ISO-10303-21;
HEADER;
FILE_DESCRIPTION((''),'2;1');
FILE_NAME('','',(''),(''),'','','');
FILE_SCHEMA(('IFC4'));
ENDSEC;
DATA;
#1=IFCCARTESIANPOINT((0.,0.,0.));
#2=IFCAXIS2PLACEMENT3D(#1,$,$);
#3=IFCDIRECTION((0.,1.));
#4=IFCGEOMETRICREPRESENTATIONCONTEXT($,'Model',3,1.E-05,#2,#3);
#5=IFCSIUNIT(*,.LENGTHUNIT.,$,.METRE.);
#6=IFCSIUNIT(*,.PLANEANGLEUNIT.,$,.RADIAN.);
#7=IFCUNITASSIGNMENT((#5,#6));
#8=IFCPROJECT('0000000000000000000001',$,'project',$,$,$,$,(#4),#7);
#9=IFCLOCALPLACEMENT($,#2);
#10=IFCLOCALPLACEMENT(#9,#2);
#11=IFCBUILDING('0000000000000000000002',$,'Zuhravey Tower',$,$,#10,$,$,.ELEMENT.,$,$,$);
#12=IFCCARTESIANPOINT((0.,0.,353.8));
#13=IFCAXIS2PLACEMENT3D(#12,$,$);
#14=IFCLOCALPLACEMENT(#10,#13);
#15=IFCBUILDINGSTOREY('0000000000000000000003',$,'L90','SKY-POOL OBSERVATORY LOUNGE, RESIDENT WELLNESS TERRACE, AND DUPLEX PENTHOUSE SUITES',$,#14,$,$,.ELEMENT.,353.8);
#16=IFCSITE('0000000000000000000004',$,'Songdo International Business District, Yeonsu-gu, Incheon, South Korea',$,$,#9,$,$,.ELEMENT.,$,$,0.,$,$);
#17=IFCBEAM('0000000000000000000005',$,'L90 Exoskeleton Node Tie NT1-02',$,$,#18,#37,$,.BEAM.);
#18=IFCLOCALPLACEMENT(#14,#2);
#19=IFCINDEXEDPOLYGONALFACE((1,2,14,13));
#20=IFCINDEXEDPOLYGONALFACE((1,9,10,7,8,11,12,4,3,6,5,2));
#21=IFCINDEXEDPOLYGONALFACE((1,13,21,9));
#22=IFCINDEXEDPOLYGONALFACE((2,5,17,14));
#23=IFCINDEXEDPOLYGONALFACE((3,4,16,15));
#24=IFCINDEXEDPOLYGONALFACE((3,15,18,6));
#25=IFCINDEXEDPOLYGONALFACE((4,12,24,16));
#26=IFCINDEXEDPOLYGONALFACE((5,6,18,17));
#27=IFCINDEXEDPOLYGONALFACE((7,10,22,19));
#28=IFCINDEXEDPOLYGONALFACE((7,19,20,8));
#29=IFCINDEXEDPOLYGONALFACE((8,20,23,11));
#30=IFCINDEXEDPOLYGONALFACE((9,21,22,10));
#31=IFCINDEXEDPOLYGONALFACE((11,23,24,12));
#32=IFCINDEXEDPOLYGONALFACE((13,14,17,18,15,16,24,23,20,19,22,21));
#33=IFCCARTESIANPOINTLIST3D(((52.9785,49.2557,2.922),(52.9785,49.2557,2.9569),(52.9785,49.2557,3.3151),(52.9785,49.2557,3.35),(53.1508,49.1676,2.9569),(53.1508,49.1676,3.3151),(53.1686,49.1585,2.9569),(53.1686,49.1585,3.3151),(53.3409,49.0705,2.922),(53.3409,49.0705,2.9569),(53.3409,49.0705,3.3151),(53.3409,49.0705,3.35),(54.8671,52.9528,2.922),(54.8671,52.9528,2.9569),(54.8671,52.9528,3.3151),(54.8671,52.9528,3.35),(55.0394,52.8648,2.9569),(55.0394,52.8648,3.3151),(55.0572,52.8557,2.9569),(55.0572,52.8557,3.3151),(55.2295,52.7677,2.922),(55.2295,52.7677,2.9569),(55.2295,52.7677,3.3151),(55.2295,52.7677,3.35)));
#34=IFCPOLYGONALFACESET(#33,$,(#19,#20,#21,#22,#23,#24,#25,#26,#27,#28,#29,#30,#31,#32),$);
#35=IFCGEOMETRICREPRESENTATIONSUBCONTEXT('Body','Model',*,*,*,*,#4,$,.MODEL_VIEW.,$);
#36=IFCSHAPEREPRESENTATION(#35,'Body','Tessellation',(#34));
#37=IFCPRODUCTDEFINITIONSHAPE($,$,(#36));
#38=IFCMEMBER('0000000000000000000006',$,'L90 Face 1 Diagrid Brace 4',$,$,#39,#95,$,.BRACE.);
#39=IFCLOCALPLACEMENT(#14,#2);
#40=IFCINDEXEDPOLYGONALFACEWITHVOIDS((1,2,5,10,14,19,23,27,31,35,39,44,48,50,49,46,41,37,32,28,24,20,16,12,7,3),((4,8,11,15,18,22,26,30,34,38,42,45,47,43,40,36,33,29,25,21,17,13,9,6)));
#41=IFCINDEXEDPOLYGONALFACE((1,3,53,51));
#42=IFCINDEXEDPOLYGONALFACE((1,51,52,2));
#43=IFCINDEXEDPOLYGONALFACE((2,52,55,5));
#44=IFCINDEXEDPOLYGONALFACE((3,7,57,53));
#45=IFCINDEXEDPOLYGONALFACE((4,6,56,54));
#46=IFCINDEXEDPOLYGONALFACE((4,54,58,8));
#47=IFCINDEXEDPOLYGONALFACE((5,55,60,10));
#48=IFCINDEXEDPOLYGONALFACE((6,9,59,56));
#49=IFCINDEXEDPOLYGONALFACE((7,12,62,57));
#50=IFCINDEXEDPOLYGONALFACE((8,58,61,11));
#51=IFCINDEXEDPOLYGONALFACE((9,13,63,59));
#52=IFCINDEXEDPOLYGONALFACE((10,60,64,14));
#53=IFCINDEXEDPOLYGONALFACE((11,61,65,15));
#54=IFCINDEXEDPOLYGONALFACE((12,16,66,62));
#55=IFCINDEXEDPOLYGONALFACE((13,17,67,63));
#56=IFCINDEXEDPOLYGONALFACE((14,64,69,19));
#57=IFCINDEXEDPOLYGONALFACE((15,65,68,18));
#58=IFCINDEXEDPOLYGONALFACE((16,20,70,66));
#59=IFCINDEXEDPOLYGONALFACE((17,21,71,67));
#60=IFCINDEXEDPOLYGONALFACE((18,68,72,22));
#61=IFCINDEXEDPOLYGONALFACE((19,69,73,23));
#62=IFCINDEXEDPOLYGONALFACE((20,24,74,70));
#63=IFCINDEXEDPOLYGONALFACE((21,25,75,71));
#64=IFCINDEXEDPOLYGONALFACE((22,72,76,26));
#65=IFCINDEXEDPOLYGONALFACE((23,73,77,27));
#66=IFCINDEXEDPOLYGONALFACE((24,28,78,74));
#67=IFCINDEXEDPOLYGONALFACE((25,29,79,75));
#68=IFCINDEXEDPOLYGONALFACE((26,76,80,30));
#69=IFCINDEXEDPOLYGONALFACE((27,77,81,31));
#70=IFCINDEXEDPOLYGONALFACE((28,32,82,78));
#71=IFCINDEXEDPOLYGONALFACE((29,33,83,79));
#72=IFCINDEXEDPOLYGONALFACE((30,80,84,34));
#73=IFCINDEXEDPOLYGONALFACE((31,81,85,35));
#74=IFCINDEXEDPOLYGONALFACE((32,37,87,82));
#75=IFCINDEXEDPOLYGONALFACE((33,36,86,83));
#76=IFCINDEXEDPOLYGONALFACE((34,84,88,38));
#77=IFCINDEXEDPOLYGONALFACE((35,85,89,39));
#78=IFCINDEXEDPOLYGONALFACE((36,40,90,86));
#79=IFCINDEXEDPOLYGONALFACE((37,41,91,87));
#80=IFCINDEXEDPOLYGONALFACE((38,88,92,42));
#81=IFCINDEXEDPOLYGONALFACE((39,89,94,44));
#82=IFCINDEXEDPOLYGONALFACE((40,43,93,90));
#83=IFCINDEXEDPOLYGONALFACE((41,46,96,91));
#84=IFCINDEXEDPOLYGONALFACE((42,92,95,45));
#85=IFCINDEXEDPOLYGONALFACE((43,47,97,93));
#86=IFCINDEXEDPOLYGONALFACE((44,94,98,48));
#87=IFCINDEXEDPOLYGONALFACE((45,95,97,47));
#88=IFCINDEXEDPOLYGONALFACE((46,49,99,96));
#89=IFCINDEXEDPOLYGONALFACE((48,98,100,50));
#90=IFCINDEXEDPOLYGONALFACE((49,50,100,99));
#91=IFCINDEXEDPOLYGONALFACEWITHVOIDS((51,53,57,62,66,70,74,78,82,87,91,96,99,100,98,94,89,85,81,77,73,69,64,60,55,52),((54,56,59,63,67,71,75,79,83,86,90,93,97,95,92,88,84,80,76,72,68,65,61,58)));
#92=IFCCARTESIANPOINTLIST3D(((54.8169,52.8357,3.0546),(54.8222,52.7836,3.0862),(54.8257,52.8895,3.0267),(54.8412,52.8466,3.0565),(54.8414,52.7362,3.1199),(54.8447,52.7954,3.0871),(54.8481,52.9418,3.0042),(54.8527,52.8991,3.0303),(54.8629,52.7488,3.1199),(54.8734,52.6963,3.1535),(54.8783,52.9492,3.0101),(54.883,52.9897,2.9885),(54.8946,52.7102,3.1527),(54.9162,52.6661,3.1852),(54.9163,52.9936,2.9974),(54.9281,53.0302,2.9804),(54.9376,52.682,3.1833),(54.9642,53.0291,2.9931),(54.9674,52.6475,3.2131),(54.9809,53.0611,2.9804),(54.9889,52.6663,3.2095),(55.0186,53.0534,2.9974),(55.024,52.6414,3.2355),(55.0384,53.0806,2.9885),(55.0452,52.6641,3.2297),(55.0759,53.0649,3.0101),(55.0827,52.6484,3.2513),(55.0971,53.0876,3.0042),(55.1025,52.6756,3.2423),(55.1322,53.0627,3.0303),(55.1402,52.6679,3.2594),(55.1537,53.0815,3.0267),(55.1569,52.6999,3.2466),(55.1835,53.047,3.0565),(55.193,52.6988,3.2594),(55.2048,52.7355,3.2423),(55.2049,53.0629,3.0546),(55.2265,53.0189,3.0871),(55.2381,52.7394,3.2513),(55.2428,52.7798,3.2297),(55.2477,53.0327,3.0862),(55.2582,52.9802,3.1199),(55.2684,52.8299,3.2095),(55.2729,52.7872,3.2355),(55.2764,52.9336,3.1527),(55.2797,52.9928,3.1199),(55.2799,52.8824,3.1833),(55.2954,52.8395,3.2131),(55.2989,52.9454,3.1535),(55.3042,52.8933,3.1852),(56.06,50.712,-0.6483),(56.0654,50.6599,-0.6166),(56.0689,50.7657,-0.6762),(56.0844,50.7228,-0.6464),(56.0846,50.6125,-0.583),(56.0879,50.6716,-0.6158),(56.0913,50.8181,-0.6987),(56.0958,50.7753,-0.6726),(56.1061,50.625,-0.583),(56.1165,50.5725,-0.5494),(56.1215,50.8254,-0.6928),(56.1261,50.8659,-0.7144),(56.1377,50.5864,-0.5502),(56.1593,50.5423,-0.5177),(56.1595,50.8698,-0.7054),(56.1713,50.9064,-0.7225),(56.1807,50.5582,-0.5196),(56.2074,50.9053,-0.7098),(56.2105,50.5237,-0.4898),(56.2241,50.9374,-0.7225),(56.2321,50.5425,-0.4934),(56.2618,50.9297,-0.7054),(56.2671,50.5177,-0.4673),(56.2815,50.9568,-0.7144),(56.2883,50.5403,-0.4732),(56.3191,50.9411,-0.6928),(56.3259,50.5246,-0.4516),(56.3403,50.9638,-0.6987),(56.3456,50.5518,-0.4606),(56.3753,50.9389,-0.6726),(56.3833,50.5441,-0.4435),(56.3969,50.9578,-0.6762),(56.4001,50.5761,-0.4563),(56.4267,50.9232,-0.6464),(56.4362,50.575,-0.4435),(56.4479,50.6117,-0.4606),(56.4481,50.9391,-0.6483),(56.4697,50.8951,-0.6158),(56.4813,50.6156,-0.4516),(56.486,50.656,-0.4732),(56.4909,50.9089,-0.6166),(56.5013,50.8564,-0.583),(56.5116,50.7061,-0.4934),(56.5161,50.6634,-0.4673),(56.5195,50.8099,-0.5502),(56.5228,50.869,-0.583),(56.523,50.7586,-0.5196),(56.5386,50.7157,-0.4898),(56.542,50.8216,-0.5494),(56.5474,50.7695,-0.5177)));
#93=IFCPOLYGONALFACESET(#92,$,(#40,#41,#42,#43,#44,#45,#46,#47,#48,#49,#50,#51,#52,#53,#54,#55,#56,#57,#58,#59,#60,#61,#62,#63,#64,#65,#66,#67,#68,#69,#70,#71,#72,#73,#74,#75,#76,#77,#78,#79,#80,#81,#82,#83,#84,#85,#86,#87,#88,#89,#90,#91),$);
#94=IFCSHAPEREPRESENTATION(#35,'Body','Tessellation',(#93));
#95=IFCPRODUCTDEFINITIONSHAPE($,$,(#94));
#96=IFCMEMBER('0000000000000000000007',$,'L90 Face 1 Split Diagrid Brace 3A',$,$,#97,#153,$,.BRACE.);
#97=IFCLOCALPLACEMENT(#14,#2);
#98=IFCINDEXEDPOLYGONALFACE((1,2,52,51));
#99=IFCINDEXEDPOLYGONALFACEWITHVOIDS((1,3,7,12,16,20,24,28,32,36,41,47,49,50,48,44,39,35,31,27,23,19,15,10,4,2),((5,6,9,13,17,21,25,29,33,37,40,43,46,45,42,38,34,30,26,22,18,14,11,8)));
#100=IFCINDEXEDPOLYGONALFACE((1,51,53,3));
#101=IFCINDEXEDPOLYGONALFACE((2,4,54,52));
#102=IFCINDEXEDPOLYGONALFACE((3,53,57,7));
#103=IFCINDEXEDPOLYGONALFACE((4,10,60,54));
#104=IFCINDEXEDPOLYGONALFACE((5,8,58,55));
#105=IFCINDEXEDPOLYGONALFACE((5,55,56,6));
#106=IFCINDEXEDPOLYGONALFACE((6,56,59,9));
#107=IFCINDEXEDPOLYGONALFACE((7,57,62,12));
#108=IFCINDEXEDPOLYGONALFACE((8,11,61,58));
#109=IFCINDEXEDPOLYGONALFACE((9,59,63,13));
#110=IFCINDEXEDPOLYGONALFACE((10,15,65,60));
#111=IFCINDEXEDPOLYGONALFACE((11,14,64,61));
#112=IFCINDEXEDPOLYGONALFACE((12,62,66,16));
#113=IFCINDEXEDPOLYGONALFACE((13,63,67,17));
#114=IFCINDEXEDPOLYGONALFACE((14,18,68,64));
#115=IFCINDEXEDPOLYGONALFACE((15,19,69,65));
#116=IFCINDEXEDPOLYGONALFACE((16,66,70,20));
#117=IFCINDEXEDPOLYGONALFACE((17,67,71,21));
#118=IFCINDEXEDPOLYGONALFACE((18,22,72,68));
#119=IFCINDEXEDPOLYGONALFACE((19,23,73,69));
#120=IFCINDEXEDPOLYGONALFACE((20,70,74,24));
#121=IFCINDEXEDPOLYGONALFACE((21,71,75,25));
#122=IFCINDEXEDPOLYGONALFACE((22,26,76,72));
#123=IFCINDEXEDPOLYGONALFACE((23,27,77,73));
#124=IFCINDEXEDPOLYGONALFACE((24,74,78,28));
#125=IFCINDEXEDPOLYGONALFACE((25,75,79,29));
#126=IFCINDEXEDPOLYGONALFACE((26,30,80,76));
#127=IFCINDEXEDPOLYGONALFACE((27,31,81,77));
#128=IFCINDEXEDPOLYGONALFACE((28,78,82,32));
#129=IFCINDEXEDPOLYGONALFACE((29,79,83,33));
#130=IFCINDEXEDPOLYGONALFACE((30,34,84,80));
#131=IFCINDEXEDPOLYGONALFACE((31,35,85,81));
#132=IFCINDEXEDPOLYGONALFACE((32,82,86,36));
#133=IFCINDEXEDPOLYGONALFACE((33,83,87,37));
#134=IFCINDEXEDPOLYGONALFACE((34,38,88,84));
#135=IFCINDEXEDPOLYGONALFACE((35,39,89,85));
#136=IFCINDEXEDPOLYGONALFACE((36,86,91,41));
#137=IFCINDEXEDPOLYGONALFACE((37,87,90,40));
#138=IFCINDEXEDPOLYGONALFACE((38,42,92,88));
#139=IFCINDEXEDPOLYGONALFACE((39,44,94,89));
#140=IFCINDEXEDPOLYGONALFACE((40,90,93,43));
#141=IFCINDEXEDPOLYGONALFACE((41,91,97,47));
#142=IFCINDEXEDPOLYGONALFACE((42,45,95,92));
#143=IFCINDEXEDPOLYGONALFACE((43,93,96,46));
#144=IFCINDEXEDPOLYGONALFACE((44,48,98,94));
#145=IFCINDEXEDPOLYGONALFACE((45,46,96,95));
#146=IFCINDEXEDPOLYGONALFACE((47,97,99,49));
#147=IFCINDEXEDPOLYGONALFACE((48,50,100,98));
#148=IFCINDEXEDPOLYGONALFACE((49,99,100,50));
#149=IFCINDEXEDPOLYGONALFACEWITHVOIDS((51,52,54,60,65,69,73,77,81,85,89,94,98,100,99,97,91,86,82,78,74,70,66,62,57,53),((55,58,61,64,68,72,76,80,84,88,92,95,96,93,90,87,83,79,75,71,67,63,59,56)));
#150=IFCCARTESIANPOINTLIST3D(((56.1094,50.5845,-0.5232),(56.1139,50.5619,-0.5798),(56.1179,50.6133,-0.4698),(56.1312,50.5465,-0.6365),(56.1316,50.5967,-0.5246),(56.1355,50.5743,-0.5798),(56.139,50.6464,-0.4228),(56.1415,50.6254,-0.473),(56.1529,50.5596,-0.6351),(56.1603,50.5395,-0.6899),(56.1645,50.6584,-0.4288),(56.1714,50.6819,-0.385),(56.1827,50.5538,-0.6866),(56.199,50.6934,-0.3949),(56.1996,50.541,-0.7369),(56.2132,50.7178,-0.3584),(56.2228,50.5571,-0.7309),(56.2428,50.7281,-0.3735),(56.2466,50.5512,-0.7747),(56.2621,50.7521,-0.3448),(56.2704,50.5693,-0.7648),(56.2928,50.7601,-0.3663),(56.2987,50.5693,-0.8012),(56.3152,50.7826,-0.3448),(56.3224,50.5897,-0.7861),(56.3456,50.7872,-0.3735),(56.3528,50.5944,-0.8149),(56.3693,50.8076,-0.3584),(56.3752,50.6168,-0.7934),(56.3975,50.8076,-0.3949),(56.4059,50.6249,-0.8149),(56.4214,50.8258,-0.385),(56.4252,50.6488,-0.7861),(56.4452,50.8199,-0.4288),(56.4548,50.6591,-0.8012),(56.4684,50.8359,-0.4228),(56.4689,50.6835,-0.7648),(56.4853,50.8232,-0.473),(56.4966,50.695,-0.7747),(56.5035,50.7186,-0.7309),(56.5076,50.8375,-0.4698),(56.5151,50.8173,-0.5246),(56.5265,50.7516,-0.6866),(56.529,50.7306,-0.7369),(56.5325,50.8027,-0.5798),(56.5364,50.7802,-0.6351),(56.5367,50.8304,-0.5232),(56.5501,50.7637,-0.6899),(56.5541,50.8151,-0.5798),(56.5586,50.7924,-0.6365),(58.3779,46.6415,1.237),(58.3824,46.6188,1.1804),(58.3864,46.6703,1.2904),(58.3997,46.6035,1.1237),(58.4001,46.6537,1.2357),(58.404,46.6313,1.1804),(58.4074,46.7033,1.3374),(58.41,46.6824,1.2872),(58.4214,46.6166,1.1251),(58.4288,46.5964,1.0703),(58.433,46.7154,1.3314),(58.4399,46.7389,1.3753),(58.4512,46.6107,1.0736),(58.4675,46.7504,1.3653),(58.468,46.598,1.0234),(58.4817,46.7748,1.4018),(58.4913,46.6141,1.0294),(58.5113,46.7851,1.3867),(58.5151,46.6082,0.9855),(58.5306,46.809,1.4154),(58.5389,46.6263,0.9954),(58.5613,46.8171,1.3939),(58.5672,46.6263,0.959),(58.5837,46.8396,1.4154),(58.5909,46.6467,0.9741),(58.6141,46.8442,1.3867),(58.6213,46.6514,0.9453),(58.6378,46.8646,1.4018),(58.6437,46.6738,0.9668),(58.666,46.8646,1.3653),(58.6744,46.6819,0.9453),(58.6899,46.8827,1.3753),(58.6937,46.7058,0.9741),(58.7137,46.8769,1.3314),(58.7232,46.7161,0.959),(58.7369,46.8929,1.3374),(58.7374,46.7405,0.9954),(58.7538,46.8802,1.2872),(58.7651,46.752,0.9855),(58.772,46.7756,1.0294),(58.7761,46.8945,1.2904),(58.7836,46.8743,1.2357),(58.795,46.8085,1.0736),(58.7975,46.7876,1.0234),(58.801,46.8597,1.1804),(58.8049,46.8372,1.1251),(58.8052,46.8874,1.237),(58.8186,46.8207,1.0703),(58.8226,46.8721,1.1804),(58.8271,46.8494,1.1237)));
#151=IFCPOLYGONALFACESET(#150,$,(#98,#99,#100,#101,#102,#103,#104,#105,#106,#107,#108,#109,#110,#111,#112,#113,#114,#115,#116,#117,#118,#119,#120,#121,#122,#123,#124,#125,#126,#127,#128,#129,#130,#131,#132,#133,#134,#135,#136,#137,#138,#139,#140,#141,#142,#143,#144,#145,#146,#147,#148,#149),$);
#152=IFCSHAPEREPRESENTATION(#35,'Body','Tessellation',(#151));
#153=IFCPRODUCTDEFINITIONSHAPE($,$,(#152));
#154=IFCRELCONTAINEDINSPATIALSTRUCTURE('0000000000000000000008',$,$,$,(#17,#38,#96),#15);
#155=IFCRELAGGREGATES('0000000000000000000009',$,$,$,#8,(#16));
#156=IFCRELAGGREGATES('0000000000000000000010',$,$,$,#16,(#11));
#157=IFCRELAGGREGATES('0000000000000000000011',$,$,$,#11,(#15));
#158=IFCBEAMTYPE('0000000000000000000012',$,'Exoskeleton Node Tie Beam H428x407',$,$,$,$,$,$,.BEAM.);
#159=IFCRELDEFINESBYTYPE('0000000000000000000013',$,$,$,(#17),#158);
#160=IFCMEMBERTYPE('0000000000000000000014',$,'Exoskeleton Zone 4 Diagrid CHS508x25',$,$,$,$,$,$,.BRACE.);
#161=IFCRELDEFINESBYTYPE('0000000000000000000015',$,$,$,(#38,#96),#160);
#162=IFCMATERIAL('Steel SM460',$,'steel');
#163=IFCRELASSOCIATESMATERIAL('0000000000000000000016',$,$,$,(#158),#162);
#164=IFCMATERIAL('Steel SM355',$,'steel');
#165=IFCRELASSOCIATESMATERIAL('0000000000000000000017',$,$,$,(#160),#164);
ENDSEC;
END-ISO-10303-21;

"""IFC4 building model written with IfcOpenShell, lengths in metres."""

from ifc_helpers import new_model, si_unit, direction, frame, origin, origin_2d, place, context, subcontext, project, spatial, hollow_circle, i_section, extrude, material, material_profile, profile_set, type_object, element, save


model = new_model("IFC4")

# Units and contexts
model_context = context("Model", 3, precision=1e-05, world=origin(), true_north=direction((0.0, 1.0)))
body_context = subcontext(model_context, "Body", "Model", "MODEL_VIEW")
ifc_project = project(units=[si_unit("LENGTHUNIT", "METRE"), si_unit("PLANEANGLEUNIT", "RADIAN")], contexts=[model_context])

# Site, building, storey
site_placement = place(None, origin())
site = spatial("IfcSite", under=ifc_project, at=site_placement, Name="Songdo International Business District, Yeonsu-gu, Incheon, South Korea", CompositionType="ELEMENT", RefElevation=0.0)
building_placement = place(site_placement, origin())
building = spatial("IfcBuilding", under=site, at=building_placement, Name="Zuhravey Tower", CompositionType="ELEMENT")
storey_placement = place(building_placement, frame((0.0, 0.0, 353.8)))
storey = spatial("IfcBuildingStorey", under=building, at=storey_placement, Name="L90", Description="SKY-POOL OBSERVATORY LOUNGE, RESIDENT WELLNESS TERRACE, AND DUPLEX PENTHOUSE SUITES", CompositionType="ELEMENT", Elevation=353.8)

# Beam
ifc_material_1 = material(Name="Steel SM460", Category="steel")
ifc_material_profile_1 = material_profile(ifc_material_1, i_section(OverallWidth=0.407, OverallDepth=0.428, WebThickness=0.02, FlangeThickness=0.0349, at=origin_2d()), Name="H-428x407x20x35")
ifc_profile_set_1 = profile_set([ifc_material_profile_1], Name="Steel SM460")
beam_type_1 = type_object("IfcBeamType", Name="Exoskeleton Node Tie Beam H428x407", PredefinedType="BEAM", material=ifc_profile_set_1)
beam_1_placement = place(storey_placement, frame((53.1597, 49.1631, 3.136), z_axis=(0.454912, 0.890536, 0.0), x_axis=(-0.890536, 0.454912, 0.0)))
element("IfcBeam", 1, at=beam_1_placement, inside=storey, type_object=beam_type_1, Name="L90 Exoskeleton Node Tie NT1-02", PredefinedType="BEAM", context=body_context, shape_type="SweptSolid", body=[
    extrude(i_section(OverallWidth=0.407, OverallDepth=0.428, WebThickness=0.02, FlangeThickness=0.0349, at=origin_2d()), origin(), (0.0, 0.0, 1.0), 4.1516),
])

# Members
ifc_material_2 = material(Name="Steel SM355", Category="steel")
ifc_material_profile_2 = material_profile(ifc_material_2, hollow_circle(Radius=0.2539, WallThickness=0.0249, at=origin_2d()), Name="CHS-508.0x25")
ifc_profile_set_2 = profile_set([ifc_material_profile_2], Name="Steel SM355")
member_type_1 = type_object("IfcMemberType", Name="Exoskeleton Zone 4 Diagrid CHS508x25", PredefinedType="BRACE", material=ifc_profile_set_2)
member_1_placement = place(storey_placement, frame((56.3037, 50.7407, -0.583), z_axis=(-0.279612, 0.477679, 0.83285), x_axis=(-0.863019, -0.505172, 0.0)))
element("IfcMember", 2, at=member_1_placement, inside=storey, type_object=member_type_1, Name="L90 Face 1 Diagrid Brace 4", PredefinedType="BRACE", context=body_context, shape_type="SweptSolid", body=[
    extrude(hollow_circle(Radius=0.2539, WallThickness=0.0249, at=origin_2d()), origin(), (0.0, 0.0, 1.0), 4.446),
])
member_2_placement = place(storey_placement, frame((56.334, 50.6885, -0.5798), z_axis=(0.465077, -0.808379, 0.36087), x_axis=(0.866786, 0.49868, 0.0)))
element("IfcMember", 3, at=member_2_placement, inside=storey, type_object=member_type_1, Name="L90 Face 1 Split Diagrid Brace 3A", PredefinedType="BRACE", context=body_context, shape_type="SweptSolid", body=[
    extrude(hollow_circle(Radius=0.2539, WallThickness=0.0249, at=origin_2d()), origin(), (0.0, 0.0, 1.0), 4.8777),
])

save(model, "model.ifc")
